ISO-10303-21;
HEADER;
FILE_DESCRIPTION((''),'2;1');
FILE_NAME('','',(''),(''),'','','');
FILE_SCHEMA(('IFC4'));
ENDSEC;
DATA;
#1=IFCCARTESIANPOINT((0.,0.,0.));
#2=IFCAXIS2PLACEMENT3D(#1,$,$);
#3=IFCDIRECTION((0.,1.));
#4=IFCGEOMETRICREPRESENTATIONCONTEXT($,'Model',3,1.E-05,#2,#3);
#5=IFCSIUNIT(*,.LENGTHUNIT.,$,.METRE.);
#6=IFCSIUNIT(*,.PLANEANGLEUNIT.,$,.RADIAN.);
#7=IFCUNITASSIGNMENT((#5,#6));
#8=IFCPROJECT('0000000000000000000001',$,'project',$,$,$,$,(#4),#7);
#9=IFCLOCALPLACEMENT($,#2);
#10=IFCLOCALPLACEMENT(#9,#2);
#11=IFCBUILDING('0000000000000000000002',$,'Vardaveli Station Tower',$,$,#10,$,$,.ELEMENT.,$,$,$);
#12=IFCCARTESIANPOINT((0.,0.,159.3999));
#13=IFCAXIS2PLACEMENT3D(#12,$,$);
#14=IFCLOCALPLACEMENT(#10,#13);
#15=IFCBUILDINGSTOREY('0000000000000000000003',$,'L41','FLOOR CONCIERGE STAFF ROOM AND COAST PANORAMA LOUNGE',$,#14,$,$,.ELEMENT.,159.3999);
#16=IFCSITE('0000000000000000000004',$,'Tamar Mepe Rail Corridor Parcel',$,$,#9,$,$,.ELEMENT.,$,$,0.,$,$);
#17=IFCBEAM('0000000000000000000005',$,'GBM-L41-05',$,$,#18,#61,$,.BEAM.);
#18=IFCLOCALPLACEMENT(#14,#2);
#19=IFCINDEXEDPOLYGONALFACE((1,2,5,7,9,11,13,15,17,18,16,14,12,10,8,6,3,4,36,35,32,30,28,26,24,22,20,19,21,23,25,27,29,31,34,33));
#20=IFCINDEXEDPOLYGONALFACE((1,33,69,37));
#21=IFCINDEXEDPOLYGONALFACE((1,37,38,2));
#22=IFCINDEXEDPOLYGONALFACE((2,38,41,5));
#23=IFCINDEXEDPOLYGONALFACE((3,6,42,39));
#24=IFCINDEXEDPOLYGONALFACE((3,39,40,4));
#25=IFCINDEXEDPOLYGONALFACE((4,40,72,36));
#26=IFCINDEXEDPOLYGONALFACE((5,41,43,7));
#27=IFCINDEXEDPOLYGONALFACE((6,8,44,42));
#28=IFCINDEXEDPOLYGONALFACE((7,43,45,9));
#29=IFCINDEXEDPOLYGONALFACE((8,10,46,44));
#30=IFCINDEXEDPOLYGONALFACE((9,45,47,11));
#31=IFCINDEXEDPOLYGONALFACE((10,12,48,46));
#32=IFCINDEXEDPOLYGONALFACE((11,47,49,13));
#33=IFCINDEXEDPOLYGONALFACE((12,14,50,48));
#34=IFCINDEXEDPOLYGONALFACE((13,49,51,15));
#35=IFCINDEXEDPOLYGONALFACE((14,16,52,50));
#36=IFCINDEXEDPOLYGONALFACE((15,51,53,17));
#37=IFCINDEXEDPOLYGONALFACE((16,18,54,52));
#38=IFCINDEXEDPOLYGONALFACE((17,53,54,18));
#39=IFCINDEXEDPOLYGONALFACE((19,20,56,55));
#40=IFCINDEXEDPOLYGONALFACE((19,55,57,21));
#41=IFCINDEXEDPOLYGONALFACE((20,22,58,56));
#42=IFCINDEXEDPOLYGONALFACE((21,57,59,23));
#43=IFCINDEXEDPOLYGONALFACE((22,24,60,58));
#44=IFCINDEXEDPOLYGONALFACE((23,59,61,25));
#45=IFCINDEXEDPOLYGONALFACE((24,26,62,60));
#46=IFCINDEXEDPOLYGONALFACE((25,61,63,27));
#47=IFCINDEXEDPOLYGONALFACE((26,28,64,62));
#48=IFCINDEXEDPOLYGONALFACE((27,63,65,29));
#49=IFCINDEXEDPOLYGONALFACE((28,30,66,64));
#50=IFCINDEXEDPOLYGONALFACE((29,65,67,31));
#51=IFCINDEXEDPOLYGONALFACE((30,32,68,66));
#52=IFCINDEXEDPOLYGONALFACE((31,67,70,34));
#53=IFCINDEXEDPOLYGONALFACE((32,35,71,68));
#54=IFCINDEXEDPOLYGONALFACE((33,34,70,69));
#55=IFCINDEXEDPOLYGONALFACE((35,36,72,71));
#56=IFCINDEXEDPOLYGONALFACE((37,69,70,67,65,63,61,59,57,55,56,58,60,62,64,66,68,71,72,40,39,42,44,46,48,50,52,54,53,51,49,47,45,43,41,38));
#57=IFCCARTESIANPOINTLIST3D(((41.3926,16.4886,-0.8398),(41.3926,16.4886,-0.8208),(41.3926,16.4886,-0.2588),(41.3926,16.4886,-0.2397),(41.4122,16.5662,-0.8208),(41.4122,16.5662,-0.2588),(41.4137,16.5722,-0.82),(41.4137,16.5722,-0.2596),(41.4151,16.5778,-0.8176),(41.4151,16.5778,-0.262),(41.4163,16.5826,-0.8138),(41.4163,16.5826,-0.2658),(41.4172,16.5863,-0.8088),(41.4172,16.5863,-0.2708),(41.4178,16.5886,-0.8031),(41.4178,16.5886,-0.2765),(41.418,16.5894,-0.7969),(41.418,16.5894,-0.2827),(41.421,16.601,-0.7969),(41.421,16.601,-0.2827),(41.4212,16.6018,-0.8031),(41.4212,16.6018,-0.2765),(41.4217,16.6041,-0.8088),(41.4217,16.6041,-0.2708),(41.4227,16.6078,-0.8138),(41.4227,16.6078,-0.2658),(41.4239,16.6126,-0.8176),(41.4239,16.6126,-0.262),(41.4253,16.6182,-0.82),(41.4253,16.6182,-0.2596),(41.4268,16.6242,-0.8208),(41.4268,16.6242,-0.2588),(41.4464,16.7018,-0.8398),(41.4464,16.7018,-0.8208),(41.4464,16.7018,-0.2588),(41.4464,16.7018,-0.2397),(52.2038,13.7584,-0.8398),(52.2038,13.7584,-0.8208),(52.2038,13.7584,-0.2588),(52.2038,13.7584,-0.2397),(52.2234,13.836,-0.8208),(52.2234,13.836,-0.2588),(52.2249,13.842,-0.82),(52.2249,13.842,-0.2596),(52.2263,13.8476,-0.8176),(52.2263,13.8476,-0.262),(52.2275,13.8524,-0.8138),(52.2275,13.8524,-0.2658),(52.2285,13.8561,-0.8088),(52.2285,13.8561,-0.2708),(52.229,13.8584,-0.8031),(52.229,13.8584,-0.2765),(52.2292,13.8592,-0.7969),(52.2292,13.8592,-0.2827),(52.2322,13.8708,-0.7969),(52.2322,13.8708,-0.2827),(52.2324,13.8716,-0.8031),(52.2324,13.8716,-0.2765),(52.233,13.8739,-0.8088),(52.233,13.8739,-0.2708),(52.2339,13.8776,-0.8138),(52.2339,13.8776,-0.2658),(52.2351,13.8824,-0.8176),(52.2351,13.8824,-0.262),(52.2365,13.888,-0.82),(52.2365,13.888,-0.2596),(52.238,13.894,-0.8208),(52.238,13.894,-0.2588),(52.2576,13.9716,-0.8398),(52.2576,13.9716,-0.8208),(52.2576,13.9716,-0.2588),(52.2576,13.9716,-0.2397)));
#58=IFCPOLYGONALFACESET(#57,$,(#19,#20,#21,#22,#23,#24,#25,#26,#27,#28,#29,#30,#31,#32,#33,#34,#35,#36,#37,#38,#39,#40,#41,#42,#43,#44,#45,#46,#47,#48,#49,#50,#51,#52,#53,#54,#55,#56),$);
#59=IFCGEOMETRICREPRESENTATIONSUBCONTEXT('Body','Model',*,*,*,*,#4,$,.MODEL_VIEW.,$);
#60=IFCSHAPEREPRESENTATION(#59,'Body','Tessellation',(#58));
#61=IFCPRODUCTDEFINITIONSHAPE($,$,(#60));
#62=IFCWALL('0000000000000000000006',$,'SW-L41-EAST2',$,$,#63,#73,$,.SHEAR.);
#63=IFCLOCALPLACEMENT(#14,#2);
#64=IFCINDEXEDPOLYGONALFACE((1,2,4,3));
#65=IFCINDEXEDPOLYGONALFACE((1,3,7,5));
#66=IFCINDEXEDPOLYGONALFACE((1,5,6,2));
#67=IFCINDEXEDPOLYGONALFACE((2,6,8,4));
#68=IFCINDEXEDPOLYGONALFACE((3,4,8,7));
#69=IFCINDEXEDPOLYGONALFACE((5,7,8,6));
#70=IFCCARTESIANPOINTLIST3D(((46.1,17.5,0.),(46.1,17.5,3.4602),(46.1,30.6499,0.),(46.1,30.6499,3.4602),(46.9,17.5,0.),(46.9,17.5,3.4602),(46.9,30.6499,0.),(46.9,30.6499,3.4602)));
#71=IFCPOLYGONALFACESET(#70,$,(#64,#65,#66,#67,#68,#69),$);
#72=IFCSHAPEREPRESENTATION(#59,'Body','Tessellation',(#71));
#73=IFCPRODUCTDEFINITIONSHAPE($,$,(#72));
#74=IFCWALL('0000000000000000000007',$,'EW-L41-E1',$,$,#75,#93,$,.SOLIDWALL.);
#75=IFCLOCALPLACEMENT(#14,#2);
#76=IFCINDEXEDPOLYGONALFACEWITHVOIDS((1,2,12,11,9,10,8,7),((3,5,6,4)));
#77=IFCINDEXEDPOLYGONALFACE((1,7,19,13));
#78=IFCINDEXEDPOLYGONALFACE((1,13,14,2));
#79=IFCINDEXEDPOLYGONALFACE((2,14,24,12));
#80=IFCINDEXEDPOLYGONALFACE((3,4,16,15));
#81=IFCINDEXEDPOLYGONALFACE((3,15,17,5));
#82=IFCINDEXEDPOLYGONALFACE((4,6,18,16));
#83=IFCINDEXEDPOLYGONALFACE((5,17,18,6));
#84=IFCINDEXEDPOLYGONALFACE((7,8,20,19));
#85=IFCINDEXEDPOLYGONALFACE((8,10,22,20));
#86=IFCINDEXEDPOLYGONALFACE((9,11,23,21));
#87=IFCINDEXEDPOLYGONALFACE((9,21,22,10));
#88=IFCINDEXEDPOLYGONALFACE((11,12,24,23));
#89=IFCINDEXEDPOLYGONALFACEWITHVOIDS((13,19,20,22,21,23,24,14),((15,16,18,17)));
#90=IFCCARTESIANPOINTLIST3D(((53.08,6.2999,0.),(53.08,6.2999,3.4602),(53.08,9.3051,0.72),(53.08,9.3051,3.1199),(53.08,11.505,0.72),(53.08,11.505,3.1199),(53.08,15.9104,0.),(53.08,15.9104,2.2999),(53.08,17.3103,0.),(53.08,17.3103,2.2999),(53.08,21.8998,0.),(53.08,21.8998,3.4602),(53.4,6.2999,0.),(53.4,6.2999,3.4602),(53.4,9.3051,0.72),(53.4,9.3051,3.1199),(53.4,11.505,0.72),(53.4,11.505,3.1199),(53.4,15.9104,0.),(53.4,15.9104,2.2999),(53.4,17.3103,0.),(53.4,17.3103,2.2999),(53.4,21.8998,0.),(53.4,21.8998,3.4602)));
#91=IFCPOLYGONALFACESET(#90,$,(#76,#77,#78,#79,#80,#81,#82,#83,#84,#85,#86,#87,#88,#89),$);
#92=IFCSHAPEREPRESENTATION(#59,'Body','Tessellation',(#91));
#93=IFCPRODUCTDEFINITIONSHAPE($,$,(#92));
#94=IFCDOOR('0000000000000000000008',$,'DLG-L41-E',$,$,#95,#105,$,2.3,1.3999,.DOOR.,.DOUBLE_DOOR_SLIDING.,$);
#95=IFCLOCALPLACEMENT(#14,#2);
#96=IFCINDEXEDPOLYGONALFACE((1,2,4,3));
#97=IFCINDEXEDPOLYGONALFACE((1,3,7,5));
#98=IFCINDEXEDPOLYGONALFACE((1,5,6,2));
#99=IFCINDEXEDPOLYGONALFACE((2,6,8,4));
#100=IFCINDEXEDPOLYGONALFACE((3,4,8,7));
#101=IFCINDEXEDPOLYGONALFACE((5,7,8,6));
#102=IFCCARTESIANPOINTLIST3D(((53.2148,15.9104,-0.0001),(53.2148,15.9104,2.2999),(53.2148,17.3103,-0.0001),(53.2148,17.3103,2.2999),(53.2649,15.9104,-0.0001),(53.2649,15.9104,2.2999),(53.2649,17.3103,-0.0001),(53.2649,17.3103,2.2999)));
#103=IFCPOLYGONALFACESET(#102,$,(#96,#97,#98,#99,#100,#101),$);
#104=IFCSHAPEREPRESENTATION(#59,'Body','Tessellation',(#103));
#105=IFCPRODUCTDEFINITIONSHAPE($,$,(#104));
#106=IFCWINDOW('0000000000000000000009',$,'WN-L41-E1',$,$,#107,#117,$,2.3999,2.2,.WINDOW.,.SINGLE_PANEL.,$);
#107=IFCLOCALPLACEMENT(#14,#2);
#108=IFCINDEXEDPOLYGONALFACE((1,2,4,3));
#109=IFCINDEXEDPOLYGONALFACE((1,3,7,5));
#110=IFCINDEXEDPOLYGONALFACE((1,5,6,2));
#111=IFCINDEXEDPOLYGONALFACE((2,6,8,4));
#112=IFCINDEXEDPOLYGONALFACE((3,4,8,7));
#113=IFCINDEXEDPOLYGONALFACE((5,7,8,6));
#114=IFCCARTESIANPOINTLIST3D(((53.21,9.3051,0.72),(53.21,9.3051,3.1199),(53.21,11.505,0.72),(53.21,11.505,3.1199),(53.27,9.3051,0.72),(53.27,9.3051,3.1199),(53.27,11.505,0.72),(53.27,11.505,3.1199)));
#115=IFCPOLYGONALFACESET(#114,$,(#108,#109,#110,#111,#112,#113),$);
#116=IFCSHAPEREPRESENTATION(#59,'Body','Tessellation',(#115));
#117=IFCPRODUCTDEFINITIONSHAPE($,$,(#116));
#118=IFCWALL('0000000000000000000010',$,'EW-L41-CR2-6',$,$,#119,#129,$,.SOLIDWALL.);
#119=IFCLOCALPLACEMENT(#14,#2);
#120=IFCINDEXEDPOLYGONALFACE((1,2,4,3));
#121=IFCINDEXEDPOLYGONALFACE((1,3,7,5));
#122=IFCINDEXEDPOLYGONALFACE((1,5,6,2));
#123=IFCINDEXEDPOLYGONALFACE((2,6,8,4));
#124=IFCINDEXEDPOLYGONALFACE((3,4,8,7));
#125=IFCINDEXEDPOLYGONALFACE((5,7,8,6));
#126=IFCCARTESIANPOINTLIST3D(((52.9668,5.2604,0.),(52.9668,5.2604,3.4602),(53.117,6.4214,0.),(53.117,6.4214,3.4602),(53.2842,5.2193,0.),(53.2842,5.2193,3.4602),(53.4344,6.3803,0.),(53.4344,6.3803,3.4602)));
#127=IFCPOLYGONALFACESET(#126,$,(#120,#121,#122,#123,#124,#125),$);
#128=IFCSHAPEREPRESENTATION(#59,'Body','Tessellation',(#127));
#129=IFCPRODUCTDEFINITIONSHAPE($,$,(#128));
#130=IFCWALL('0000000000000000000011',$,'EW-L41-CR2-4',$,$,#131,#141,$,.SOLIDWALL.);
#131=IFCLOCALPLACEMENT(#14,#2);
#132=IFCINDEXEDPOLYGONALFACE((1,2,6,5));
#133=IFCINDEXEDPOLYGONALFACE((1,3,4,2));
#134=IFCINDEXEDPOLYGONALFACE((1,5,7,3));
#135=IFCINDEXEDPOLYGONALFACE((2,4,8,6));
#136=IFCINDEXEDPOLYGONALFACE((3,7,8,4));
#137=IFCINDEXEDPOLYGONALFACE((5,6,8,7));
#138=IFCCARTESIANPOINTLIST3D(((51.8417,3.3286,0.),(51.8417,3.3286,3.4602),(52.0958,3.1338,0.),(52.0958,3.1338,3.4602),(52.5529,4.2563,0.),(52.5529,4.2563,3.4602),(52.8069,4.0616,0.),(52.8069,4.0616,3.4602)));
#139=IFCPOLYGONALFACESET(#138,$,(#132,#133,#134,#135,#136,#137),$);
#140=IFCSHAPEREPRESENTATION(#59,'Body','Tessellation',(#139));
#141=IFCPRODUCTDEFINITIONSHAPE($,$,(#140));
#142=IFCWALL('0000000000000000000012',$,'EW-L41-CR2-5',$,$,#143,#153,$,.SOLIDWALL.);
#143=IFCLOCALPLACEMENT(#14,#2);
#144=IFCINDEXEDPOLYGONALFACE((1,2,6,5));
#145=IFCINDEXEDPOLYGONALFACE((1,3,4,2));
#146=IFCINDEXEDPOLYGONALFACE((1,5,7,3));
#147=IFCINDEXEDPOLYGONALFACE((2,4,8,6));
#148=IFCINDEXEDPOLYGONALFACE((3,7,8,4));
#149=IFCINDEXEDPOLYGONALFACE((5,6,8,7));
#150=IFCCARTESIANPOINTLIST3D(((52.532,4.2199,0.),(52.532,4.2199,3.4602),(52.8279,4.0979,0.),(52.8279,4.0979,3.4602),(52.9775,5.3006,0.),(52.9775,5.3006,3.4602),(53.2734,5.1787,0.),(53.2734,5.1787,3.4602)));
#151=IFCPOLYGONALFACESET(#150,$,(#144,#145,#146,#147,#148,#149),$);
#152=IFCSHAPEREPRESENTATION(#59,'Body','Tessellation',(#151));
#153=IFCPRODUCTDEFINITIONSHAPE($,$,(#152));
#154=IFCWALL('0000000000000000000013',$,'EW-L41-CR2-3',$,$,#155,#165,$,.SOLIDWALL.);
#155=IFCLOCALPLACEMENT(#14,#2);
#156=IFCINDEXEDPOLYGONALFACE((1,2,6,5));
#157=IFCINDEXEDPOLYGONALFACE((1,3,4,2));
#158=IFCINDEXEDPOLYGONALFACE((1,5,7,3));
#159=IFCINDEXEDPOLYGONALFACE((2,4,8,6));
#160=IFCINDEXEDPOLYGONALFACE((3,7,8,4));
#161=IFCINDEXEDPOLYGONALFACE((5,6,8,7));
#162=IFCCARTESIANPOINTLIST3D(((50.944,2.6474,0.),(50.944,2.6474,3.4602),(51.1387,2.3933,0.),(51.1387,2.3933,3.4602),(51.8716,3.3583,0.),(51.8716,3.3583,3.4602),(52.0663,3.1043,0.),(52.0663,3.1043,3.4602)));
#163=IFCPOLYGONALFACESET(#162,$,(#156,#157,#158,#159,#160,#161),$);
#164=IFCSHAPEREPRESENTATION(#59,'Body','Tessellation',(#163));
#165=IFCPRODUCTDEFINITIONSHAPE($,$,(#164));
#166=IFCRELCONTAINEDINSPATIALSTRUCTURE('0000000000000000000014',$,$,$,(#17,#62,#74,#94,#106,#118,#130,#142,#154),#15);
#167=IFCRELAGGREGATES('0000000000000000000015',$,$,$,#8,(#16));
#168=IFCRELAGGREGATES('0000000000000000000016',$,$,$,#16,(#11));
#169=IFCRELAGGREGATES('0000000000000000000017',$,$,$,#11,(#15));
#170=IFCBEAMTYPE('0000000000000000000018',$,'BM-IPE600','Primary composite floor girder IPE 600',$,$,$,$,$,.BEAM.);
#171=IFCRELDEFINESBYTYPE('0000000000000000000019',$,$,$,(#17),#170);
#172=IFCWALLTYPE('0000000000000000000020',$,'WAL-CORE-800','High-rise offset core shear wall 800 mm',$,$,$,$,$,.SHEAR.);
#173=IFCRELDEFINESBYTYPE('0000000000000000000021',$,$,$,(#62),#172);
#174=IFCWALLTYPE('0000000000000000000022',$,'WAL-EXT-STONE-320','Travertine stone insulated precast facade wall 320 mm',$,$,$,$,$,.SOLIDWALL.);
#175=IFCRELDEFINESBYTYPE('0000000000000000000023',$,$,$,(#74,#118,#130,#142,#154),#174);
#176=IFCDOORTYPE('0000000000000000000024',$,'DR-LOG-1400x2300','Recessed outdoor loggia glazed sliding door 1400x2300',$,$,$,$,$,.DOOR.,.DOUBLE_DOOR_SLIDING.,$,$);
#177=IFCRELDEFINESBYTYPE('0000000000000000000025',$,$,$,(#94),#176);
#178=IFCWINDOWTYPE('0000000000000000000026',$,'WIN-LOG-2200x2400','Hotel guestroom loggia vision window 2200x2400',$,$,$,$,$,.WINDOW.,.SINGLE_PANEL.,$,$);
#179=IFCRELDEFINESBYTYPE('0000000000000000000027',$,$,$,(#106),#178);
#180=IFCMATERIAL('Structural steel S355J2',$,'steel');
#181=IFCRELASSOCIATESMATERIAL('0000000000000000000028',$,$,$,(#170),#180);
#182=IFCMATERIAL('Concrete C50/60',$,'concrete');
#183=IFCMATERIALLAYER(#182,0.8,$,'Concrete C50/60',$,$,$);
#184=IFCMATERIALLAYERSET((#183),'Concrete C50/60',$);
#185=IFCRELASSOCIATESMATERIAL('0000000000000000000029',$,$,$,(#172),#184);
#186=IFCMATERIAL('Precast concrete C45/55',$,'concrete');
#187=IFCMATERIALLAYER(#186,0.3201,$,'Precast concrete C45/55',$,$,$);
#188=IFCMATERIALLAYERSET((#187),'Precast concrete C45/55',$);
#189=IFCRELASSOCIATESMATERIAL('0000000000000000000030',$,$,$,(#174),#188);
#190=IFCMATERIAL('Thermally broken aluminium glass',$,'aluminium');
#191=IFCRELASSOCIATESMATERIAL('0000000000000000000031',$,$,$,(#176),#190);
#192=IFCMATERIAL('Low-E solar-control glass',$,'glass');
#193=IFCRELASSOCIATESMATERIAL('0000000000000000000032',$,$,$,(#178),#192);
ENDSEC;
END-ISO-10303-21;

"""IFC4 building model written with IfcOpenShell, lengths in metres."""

from ifc_helpers import new_model, si_unit, direction, frame, frame_2d, origin, origin_2d, place, context, subcontext, project, spatial, rectangle, i_section, extrude, source, transform, mapped, material, layer, layer_set, material_profile, profile_set, type_object, element, fill, save


model = new_model("IFC4")

# Units and contexts
model_context = context("Model", 3, precision=1e-05, world=origin(), true_north=direction((0.0, 1.0)))
body_context = subcontext(model_context, "Body", "Model", "MODEL_VIEW")
ifc_project = project(units=[si_unit("LENGTHUNIT", "METRE"), si_unit("PLANEANGLEUNIT", "RADIAN")], contexts=[model_context])

# Site, building, storey
site_placement = place(None, origin())
site = spatial("IfcSite", under=ifc_project, at=site_placement, Name="Tamar Mepe Rail Corridor Parcel", CompositionType="ELEMENT", RefElevation=0.0)
building_placement = place(site_placement, origin())
building = spatial("IfcBuilding", under=site, at=building_placement, Name="Vardaveli Station Tower", CompositionType="ELEMENT")
storey_placement = place(building_placement, frame((0.0, 0.0, 159.3999)))
storey = spatial("IfcBuildingStorey", under=building, at=storey_placement, Name="L41", Description="FLOOR CONCIERGE STAFF ROOM AND COAST PANORAMA LOUNGE", CompositionType="ELEMENT", Elevation=159.3999)

# Beam
ifc_material_1 = material(Name="Precast concrete C45/55", Category="concrete")
ifc_material_2 = material(Name="Structural steel S355J2", Category="steel")
ifc_material_profile_1 = material_profile(ifc_material_2, i_section(OverallWidth=0.22, OverallDepth=0.6001, WebThickness=0.012, FlangeThickness=0.019, FilletRadius=0.0239, at=origin_2d()), Name="IPE 600")
ifc_profile_set_1 = profile_set([ifc_material_profile_1], Name="Structural steel S355J2")
beam_type_1 = type_object("IfcBeamType", Name="BM-IPE600", Description="Primary composite floor girder IPE 600", PredefinedType="BEAM", material=ifc_profile_set_1)
shared_shape_1 = source(origin(), body_context, "Body", "SweptSolid", [
    extrude(i_section(OverallWidth=0.22, OverallDepth=0.6001, WebThickness=0.012, FlangeThickness=0.019, FilletRadius=0.0239, at=origin_2d()), origin(), (0.0, 0.0, 1.0), 11.1506),
])
beam_1_placement = place(storey_placement, frame((52.2307, 13.865, -0.5398), z_axis=(-0.969561, 0.244848, 0.0), x_axis=(-0.244848, -0.969561, 0.0)))
element("IfcBeam", 1, at=beam_1_placement, inside=storey, type_object=beam_type_1, Name="GBM-L41-05", PredefinedType="BEAM", context=body_context, shape_type="MappedRepresentation", body=[
    mapped(shared_shape_1, transform((0.0, 0.0, 0.0), scale=1.0)),
])

# Wall
ifc_material_3 = material(Name="Concrete C50/60", Category="concrete")
ifc_layer_1 = layer(ifc_material_3, 0.8, Name="Concrete C50/60")
ifc_layer_set_1 = layer_set([ifc_layer_1], Name="Concrete C50/60")
wall_type_1 = type_object("IfcWallType", Name="WAL-CORE-800", Description="High-rise offset core shear wall 800 mm", PredefinedType="SHEAR", material=ifc_layer_set_1)
shared_shape_2 = source(origin(), body_context, "Body", "SweptSolid", [
    extrude(rectangle(XDim=13.1499, YDim=0.8, at=frame_2d((6.575, 0.0))), origin(), (0.0, 0.0, 1.0), 3.4602),
])
wall_1_placement = place(storey_placement, frame((46.5, 17.5, 0.0), z_axis=(0.0, 0.0, 1.0), x_axis=(0.0, 1.0, 0.0)))
element("IfcWall", 2, at=wall_1_placement, inside=storey, type_object=wall_type_1, Name="SW-L41-EAST2", PredefinedType="SHEAR", context=body_context, shape_type="MappedRepresentation", body=[
    mapped(shared_shape_2, transform((0.0, 0.0, 0.0), scale=1.0)),
])

# Wall, openings, door, window
ifc_layer_2 = layer(ifc_material_1, 0.3201, Name="Precast concrete C45/55")
ifc_layer_set_2 = layer_set([ifc_layer_2], Name="Precast concrete C45/55")
wall_type_2 = type_object("IfcWallType", Name="WAL-EXT-STONE-320", Description="Travertine stone insulated precast facade wall 320 mm", PredefinedType="SOLIDWALL", material=ifc_layer_set_2)
shared_shape_3 = source(origin(), body_context, "Body", "SweptSolid", [
    extrude(rectangle(XDim=15.5999, YDim=0.3201, at=frame_2d((7.7998, 0.0))), origin(), (0.0, 0.0, 1.0), 3.4602),
])
wall_2_placement = place(storey_placement, frame((53.24, 6.3, 0.0), z_axis=(0.0, 0.0, 1.0), x_axis=(0.0, 1.0, 0.0)))
wall_2 = element("IfcWall", 3, at=wall_2_placement, inside=storey, type_object=wall_type_2, Name="EW-L41-E1", PredefinedType="SOLIDWALL", context=body_context, shape_type="MappedRepresentation", body=[
    mapped(shared_shape_3, transform((0.0, 0.0, 0.0), scale=1.0)),
])
shared_shape_4 = source(origin(), body_context, "Body", "SweptSolid", [
    extrude(rectangle(XDim=1.3999, YDim=2.3, at=frame_2d((0.7, 1.1499))), frame((0.0, 0.1699, 0.0), z_axis=(0.0, -1.0, 0.0), x_axis=(1.0, 0.0, 0.0)), (0.0, 0.0, 1.0), 0.3401),
])
opening_1_placement = place(wall_2_placement, frame((9.6104, 0.0, 0.0)))
opening_1 = element("IfcOpeningElement", 4, at=opening_1_placement, cuts=wall_2, PredefinedType="OPENING", context=body_context, shape_type="MappedRepresentation", body=[
    mapped(shared_shape_4, transform((0.0, 0.0, 0.0), scale=1.0)),
])
shared_shape_5 = source(origin(), body_context, "Body", "SweptSolid", [
    extrude(rectangle(XDim=2.2, YDim=2.3999, at=frame_2d((1.1001, 1.2))), frame((0.0, 0.1699, 0.0), z_axis=(0.0, -1.0, 0.0), x_axis=(1.0, 0.0, 0.0)), (0.0, 0.0, 1.0), 0.3401),
])
opening_2_placement = place(wall_2_placement, frame((3.0049, 0.0, 0.72)))
opening_2 = element("IfcOpeningElement", 5, at=opening_2_placement, cuts=wall_2, PredefinedType="OPENING", context=body_context, shape_type="MappedRepresentation", body=[
    mapped(shared_shape_5, transform((0.0, 0.0, 0.0), scale=1.0)),
])
ifc_material_4 = material(Name="Thermally broken aluminium glass", Category="aluminium")
door_type = type_object("IfcDoorType", Name="DR-LOG-1400x2300", Description="Recessed outdoor loggia glazed sliding door 1400x2300", OperationType="DOUBLE_DOOR_SLIDING", PredefinedType="DOOR", material=ifc_material_4)
shared_shape_6 = source(origin(), body_context, "Body", "SweptSolid", [
    extrude(rectangle(XDim=1.3999, YDim=2.3, at=frame_2d((0.7, 1.1499))), frame((0.0, 0.0249, 0.0), z_axis=(0.0, -1.0, 0.0), x_axis=(1.0, 0.0, 0.0)), (0.0, 0.0, 1.0), 0.05),
])
door_placement = place(opening_1_placement, frame((1.3999, 0.0, 0.0), z_axis=(0.0, 0.0, 1.0), x_axis=(-1.0, 0.0, 0.0)))
door = element("IfcDoor", 6, at=door_placement, inside=storey, type_object=door_type, Name="DLG-L41-E", OperationType="DOUBLE_DOOR_SLIDING", OverallHeight=2.3, OverallWidth=1.3999, PredefinedType="DOOR", context=body_context, shape_type="MappedRepresentation", body=[
    mapped(shared_shape_6, transform((0.0, 0.0, 0.0), scale=1.0)),
])
fill(opening_1, door)
ifc_material_5 = material(Name="Low-E solar-control glass", Category="glass")
window_type = type_object("IfcWindowType", Name="WIN-LOG-2200x2400", Description="Hotel guestroom loggia vision window 2200x2400", PartitioningType="SINGLE_PANEL", PredefinedType="WINDOW", material=ifc_material_5)
shared_shape_7 = source(origin(), body_context, "Body", "SweptSolid", [
    extrude(rectangle(XDim=2.2, YDim=2.3999, at=frame_2d((1.1001, 1.2))), frame((0.0, 0.03, 0.0), z_axis=(0.0, -1.0, 0.0), x_axis=(1.0, 0.0, 0.0)), (0.0, 0.0, 1.0), 0.0601),
])
window_placement = place(opening_2_placement, origin())
window = element("IfcWindow", 7, at=window_placement, inside=storey, type_object=window_type, Name="WN-L41-E1", OverallHeight=2.3999, OverallWidth=2.2, PartitioningType="SINGLE_PANEL", PredefinedType="WINDOW", context=body_context, shape_type="MappedRepresentation", body=[
    mapped(shared_shape_7, transform((0.0, 0.0, 0.0), scale=1.0)),
])
fill(opening_2, window)

# Walls
shared_shape_8 = source(origin(), body_context, "Body", "SweptSolid", [
    extrude(rectangle(XDim=1.1707, YDim=0.3201, at=frame_2d((0.5854, 0.0))), origin(), (0.0, 0.0, 1.0), 3.4602),
])
wall_3_placement = place(storey_placement, frame((53.1255, 5.2397, 0.0), z_axis=(0.0, 0.0, 1.0), x_axis=(0.128269, 0.991739, 0.0)))
element("IfcWall", 8, at=wall_3_placement, inside=storey, type_object=wall_type_2, Name="EW-L41-CR2-6", PredefinedType="SOLIDWALL", context=body_context, shape_type="MappedRepresentation", body=[
    mapped(shared_shape_8, transform((0.0, 0.0, 0.0), scale=1.0)),
])
shared_shape_9 = source(origin(), body_context, "Body", "SweptSolid", [
    extrude(rectangle(XDim=1.1689, YDim=0.3201, at=frame_2d((0.5845, 0.0))), origin(), (0.0, 0.0, 1.0), 3.4602),
])
for number, where, z_axis, x_axis, name in (
    (9, (51.9688, 3.2312, 0.0), (0.0, 0.0, 1.0), (0.608388, 0.79364, 0.0), "EW-L41-CR2-4"),
    (10, (52.6799, 4.1589, 0.0), (0.0, 0.0, 1.0), (0.381128, 0.924522, 0.0), "EW-L41-CR2-5"),
):
    element("IfcWall", number, at=place(storey_placement, frame(where, z_axis=z_axis, x_axis=x_axis)), inside=storey, type_object=wall_type_2, Name=name, PredefinedType="SOLIDWALL", context=body_context, shape_type="MappedRepresentation", body=[
        mapped(shared_shape_9, transform((0.0, 0.0, 0.0), scale=1.0)),
    ])
shared_shape_10 = source(origin(), body_context, "Body", "SweptSolid", [
    extrude(rectangle(XDim=1.1687, YDim=0.3201, at=frame_2d((0.5845, 0.0))), origin(), (0.0, 0.0, 1.0), 3.4602),
])
wall_4_placement = place(storey_placement, frame((51.0413, 2.5203, 0.0), z_axis=(0.0, 0.0, 1.0), x_axis=(0.793664, 0.608357, 0.0)))
element("IfcWall", 11, at=wall_4_placement, inside=storey, type_object=wall_type_2, Name="EW-L41-CR2-3", PredefinedType="SOLIDWALL", context=body_context, shape_type="MappedRepresentation", body=[
    mapped(shared_shape_10, transform((0.0, 0.0, 0.0), scale=1.0)),
])

save(model, "model.ifc")
